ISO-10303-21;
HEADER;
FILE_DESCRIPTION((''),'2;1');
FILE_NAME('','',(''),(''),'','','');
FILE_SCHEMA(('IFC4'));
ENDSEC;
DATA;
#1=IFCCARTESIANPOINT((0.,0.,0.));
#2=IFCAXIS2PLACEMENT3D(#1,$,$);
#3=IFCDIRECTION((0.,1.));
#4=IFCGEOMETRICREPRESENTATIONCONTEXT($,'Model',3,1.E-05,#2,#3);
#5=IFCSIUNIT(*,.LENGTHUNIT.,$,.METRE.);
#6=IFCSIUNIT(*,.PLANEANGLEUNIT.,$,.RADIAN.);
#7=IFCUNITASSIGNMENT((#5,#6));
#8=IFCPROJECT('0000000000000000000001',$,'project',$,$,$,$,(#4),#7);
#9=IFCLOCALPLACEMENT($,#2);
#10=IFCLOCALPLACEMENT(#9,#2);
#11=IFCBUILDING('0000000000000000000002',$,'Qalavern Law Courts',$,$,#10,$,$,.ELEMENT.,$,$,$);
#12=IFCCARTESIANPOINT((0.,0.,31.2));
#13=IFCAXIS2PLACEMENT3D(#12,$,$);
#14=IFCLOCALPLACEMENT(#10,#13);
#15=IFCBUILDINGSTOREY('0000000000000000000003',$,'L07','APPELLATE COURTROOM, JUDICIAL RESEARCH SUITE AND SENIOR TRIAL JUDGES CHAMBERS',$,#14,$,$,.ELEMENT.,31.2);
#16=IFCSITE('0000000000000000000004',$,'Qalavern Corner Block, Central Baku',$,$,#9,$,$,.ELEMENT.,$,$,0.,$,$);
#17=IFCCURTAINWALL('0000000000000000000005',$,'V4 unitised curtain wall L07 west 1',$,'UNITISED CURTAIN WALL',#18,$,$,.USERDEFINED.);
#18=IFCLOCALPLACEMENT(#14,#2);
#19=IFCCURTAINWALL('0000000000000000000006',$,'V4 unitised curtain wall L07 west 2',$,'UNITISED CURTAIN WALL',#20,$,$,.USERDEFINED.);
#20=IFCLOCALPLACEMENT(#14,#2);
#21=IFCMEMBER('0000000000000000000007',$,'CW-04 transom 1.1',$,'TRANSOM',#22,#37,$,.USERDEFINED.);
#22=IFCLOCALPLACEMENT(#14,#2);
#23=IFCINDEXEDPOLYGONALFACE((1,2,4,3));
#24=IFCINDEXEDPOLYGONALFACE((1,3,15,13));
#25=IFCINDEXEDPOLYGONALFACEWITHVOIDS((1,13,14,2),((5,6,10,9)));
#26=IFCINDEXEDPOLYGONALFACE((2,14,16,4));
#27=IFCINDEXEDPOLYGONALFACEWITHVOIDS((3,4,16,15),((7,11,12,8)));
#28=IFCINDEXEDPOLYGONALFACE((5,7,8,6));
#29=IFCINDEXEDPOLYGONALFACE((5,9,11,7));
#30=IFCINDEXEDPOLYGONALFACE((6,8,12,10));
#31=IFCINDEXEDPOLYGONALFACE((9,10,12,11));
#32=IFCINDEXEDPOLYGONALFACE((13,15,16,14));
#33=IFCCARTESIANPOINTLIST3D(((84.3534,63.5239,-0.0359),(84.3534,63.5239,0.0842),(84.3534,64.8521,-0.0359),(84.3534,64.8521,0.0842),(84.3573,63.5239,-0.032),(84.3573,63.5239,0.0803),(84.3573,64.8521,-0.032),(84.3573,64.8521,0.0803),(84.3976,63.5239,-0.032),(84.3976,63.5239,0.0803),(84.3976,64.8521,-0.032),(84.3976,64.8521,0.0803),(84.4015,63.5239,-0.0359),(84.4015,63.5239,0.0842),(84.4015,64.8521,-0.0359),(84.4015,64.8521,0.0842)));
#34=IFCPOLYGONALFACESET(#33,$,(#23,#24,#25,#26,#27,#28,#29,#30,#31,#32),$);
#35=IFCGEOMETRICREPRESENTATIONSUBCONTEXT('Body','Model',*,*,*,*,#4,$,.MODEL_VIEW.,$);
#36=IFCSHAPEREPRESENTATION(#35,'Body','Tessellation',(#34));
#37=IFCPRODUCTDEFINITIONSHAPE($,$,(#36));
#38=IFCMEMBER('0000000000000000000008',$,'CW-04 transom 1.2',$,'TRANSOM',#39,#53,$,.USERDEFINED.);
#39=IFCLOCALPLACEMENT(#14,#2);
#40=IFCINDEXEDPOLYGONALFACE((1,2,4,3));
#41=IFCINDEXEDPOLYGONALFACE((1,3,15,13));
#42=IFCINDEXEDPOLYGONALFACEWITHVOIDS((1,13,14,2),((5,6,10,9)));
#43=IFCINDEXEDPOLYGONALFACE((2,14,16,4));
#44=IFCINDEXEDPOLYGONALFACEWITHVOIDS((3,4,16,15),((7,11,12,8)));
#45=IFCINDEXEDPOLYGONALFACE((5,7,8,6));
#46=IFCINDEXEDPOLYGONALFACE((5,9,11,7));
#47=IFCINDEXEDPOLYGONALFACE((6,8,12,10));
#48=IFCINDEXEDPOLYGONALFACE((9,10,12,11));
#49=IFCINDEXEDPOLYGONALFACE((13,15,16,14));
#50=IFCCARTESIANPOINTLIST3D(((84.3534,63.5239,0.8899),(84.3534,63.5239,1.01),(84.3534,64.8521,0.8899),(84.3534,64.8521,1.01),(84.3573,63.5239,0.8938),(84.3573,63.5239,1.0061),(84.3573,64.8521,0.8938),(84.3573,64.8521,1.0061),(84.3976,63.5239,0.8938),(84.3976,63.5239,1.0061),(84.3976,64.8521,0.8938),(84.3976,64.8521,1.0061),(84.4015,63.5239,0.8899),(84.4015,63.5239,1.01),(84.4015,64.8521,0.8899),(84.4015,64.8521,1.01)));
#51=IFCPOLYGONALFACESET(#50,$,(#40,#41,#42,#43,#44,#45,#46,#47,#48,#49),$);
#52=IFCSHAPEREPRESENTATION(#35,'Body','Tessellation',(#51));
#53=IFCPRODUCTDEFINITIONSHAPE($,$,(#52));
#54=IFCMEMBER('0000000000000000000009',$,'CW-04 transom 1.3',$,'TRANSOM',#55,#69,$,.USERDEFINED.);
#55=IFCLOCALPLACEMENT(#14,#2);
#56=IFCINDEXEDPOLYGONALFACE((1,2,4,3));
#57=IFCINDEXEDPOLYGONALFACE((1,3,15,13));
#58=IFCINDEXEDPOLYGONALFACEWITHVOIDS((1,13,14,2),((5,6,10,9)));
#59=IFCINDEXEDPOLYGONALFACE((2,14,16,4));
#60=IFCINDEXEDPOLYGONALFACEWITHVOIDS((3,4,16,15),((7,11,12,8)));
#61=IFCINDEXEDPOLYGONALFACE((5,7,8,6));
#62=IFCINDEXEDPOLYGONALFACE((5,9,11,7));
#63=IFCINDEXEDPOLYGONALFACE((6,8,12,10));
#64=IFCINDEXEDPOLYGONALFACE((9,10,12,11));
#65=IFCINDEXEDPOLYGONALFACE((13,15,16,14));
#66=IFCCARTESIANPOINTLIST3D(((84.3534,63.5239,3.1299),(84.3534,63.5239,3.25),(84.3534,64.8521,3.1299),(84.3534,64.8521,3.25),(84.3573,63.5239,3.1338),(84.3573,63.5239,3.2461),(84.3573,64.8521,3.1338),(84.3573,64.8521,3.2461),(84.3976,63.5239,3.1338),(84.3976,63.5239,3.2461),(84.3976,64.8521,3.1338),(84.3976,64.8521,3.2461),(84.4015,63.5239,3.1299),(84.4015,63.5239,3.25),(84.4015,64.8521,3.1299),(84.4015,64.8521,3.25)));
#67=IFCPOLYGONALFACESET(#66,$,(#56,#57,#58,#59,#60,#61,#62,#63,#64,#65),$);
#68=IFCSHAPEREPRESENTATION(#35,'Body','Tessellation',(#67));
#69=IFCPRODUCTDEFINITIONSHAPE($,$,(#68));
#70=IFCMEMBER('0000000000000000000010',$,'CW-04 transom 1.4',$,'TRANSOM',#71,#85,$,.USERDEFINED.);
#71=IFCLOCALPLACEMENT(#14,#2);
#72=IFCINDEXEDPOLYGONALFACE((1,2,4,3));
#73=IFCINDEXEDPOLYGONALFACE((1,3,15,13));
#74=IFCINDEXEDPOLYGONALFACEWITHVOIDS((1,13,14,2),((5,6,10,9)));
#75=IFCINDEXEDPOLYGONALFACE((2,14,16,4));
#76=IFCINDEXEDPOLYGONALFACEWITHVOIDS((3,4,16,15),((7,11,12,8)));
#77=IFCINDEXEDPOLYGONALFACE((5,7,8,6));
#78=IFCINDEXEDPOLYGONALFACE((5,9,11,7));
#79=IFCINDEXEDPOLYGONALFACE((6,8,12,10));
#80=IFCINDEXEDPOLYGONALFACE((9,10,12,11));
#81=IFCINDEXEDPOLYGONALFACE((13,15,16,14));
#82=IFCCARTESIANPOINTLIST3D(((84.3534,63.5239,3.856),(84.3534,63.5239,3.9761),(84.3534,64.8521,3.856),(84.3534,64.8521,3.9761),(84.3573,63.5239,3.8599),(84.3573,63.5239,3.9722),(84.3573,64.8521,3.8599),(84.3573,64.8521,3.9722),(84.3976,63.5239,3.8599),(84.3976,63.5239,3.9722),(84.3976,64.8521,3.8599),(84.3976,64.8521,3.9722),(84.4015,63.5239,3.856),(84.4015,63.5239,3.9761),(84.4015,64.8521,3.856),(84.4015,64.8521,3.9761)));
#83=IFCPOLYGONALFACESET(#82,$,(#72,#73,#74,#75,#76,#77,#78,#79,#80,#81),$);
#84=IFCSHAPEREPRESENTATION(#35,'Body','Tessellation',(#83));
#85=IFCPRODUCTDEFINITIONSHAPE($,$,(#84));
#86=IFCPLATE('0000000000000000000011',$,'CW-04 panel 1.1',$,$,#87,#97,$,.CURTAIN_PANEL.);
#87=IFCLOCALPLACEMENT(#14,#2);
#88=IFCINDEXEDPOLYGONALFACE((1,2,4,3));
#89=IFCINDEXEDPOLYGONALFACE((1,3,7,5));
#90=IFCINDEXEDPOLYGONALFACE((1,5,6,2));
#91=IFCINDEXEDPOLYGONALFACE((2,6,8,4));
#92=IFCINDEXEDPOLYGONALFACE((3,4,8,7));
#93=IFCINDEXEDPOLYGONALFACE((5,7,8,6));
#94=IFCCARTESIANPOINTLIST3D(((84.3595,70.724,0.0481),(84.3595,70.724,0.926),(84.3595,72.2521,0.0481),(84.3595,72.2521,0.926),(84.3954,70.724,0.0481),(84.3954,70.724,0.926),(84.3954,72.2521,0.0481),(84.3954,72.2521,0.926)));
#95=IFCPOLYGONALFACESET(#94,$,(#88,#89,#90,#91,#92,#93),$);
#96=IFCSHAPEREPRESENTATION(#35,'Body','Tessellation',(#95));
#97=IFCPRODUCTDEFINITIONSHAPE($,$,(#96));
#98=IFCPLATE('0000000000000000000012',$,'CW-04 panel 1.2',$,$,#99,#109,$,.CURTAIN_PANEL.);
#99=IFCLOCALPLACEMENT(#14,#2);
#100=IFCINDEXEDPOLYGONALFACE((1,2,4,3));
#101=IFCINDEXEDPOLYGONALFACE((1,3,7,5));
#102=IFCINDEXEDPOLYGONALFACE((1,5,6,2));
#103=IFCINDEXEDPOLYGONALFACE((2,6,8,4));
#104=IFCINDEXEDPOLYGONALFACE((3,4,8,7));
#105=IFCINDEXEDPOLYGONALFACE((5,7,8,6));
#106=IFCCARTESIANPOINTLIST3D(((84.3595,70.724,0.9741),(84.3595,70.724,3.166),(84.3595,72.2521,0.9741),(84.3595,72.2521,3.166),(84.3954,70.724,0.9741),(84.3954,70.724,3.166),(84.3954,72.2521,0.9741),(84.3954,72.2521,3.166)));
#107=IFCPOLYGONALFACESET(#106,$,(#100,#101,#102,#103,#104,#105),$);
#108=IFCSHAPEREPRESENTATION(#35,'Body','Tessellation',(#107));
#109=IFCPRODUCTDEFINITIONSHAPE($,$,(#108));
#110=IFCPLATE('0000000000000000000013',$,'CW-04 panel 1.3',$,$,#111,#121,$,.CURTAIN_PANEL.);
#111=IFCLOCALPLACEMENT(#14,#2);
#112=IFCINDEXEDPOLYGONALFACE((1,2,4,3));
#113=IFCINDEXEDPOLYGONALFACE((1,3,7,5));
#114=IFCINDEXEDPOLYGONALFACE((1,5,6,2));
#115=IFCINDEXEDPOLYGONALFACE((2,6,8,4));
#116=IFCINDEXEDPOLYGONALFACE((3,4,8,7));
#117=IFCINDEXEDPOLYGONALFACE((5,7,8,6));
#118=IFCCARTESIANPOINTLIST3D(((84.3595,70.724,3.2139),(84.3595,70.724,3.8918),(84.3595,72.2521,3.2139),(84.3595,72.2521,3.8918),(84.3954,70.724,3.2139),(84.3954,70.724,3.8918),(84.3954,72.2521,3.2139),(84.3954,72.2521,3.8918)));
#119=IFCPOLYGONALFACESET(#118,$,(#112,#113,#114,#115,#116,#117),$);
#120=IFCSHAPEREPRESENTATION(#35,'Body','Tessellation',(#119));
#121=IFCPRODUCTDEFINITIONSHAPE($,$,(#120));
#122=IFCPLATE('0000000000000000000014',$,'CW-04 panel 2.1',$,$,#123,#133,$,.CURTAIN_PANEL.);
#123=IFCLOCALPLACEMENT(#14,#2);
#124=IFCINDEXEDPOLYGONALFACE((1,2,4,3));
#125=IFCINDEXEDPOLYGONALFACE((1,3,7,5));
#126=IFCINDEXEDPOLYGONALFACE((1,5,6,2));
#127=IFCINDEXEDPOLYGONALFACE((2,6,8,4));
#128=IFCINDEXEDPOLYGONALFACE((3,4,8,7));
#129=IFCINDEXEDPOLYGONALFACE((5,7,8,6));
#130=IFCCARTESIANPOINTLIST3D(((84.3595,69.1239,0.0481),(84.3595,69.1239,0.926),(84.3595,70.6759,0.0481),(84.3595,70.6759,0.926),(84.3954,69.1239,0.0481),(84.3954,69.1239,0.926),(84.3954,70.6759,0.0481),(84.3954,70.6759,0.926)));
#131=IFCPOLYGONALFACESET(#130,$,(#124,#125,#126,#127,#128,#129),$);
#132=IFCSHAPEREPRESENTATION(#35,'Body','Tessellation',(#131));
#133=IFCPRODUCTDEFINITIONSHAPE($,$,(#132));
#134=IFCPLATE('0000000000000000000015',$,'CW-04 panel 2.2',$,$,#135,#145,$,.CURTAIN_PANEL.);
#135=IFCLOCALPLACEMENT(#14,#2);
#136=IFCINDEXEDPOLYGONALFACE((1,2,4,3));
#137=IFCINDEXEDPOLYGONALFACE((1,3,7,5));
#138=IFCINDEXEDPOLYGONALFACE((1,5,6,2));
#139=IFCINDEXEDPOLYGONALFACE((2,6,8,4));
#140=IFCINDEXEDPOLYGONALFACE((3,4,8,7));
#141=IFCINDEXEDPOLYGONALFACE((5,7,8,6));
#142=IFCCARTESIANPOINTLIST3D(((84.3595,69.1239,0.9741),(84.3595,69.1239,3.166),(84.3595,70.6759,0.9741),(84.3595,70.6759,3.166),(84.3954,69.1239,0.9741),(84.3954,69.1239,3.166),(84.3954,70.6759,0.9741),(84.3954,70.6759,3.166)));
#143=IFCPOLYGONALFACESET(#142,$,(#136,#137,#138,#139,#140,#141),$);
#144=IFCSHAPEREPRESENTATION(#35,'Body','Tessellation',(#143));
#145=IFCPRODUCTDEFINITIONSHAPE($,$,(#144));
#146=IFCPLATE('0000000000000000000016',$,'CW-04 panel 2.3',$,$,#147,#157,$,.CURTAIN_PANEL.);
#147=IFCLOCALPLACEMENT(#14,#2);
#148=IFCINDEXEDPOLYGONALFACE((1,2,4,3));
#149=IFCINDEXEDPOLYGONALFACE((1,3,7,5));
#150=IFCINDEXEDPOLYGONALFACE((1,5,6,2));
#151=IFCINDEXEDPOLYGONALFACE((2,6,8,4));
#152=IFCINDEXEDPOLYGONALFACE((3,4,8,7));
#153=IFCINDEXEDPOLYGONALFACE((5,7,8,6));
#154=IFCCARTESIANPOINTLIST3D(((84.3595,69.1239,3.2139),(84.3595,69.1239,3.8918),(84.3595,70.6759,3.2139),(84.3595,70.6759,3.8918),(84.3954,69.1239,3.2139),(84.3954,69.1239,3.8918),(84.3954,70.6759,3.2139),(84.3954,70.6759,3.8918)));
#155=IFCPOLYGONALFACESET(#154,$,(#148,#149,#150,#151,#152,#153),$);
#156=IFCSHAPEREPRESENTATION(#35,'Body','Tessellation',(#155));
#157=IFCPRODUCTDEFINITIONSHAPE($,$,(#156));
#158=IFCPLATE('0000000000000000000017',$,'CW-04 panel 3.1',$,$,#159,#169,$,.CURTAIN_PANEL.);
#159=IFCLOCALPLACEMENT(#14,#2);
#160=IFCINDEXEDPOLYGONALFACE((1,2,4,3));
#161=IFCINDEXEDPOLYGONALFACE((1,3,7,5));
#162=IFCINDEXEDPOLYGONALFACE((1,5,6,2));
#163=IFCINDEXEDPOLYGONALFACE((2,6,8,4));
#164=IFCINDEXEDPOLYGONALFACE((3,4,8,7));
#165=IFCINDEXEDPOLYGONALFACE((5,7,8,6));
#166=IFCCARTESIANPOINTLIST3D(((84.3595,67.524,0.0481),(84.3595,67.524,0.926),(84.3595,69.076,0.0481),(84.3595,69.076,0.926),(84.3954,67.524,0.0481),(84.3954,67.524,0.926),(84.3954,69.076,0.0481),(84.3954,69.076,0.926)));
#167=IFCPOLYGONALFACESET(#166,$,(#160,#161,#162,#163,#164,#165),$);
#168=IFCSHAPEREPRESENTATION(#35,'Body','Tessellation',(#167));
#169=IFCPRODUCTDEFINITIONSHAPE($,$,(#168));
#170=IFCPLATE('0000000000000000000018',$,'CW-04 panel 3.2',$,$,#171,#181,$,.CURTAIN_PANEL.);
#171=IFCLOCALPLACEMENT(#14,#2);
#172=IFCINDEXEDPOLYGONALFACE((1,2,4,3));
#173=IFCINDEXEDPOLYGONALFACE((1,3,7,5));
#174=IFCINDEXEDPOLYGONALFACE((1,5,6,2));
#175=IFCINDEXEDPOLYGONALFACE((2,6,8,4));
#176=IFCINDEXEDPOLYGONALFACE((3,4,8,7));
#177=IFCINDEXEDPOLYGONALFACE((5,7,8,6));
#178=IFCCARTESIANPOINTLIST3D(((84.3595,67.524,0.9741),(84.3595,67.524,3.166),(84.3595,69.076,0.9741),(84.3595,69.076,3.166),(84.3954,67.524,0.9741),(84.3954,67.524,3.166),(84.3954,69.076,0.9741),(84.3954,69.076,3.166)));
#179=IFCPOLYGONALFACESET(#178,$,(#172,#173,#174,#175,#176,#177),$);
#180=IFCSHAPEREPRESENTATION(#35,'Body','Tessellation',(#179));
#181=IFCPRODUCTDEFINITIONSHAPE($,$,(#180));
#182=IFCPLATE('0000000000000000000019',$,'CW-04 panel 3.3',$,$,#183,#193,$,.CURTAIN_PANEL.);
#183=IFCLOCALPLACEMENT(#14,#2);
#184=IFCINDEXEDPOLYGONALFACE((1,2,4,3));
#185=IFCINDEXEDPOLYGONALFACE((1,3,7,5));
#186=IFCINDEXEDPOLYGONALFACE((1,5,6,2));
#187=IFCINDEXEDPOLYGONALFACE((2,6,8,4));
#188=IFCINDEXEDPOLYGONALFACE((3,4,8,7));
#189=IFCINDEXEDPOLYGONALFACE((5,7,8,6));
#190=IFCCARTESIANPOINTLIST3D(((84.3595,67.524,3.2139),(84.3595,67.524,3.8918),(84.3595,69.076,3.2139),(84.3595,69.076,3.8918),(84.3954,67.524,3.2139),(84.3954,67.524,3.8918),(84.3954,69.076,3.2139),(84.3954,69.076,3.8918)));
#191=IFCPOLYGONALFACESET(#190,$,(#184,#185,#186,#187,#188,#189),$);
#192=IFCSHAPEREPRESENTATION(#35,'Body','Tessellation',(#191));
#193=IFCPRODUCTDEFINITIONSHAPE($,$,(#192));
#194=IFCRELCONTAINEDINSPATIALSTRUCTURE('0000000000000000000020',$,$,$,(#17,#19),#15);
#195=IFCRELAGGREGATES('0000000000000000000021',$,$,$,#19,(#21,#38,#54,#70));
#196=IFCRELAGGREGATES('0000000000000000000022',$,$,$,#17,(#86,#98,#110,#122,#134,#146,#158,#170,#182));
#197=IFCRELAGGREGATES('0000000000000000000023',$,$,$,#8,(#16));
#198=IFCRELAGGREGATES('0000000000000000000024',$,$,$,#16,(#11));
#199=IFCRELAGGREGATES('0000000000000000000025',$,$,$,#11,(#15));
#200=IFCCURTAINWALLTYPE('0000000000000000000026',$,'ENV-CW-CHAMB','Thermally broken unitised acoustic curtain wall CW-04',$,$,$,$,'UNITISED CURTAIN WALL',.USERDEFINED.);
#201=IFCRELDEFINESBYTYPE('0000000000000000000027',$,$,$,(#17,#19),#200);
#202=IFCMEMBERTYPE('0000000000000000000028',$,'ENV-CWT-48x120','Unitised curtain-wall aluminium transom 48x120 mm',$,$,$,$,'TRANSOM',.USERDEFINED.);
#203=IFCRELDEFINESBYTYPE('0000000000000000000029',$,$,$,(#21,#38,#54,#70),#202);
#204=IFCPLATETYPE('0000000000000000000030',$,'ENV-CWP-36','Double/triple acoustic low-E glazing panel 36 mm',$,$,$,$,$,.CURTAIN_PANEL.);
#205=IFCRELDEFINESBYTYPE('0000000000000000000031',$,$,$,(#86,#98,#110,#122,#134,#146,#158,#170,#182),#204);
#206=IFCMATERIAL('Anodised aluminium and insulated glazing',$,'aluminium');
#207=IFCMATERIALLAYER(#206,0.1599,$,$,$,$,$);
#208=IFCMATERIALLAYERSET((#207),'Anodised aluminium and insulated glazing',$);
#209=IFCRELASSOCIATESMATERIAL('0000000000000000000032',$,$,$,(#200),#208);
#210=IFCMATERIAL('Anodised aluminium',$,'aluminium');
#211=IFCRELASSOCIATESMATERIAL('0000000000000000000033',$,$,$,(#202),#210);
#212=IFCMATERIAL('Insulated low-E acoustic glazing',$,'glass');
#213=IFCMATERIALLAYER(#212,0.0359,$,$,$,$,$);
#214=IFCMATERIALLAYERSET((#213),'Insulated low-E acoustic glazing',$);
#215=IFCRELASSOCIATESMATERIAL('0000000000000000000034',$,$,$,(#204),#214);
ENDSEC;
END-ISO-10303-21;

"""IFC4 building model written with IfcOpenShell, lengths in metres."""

from ifc_helpers import new_model, si_unit, direction, frame, origin, origin_2d, place, context, subcontext, project, spatial, rectangle, hollow_rectangle, extrude, material, layer, layer_set, material_profile, profile_set, type_object, element, aggregate, save


model = new_model("IFC4")

# Units and contexts
model_context = context("Model", 3, precision=1e-05, world=origin(), true_north=direction((0.0, 1.0)))
body_context = subcontext(model_context, "Body", "Model", "MODEL_VIEW")
ifc_project = project(units=[si_unit("LENGTHUNIT", "METRE"), si_unit("PLANEANGLEUNIT", "RADIAN")], contexts=[model_context])

# Site, building, storey
site_placement = place(None, origin())
site = spatial("IfcSite", under=ifc_project, at=site_placement, Name="Qalavern Corner Block, Central Baku", CompositionType="ELEMENT", RefElevation=0.0)
building_placement = place(site_placement, origin())
building = spatial("IfcBuilding", under=site, at=building_placement, Name="Qalavern Law Courts", CompositionType="ELEMENT")
storey_placement = place(building_placement, frame((0.0, 0.0, 31.2)))
storey = spatial("IfcBuildingStorey", under=building, at=storey_placement, Name="L07", Description="APPELLATE COURTROOM, JUDICIAL RESEARCH SUITE AND SENIOR TRIAL JUDGES CHAMBERS", CompositionType="ELEMENT", Elevation=31.2)

# Curtain wall
ifc_material_1 = material(Name="Anodised aluminium and insulated glazing", Category="aluminium")
ifc_layer_1 = layer(ifc_material_1, 0.1599)
ifc_layer_set_1 = layer_set([ifc_layer_1], Name="Anodised aluminium and insulated glazing")
curtain_wall_type = type_object("IfcCurtainWallType", Name="ENV-CW-CHAMB", Description="Thermally broken unitised acoustic curtain wall CW-04", ElementType="UNITISED CURTAIN WALL", PredefinedType="USERDEFINED", material=ifc_layer_set_1)
curtain_wall_1_placement = place(storey_placement, origin())
curtain_wall_1 = element("IfcCurtainWall", 1, at=curtain_wall_1_placement, inside=storey, type_object=curtain_wall_type, Name="V4 unitised curtain wall L07 west 1", ObjectType="UNITISED CURTAIN WALL", PredefinedType="USERDEFINED")
ifc_material_2 = material(Name="Anodised aluminium", Category="aluminium")

# Curtain wall
curtain_wall_2_placement = place(storey_placement, origin())
curtain_wall_2 = element("IfcCurtainWall", 2, at=curtain_wall_2_placement, inside=storey, type_object=curtain_wall_type, Name="V4 unitised curtain wall L07 west 2", ObjectType="UNITISED CURTAIN WALL", PredefinedType="USERDEFINED")

# Members
ifc_material_profile_1 = material_profile(ifc_material_2, hollow_rectangle(XDim=0.0481, YDim=0.1201, WallThickness=0.0039, at=origin_2d()), Name="ALU TRANSOM 48x120")
ifc_profile_set_1 = profile_set([ifc_material_profile_1], Name="Anodised aluminium")
member_type_1 = type_object("IfcMemberType", Name="ENV-CWT-48x120", Description="Unitised curtain-wall aluminium transom 48x120 mm", ElementType="TRANSOM", PredefinedType="USERDEFINED", material=ifc_profile_set_1)
member_1_placement = place(storey_placement, frame((84.3774, 64.8521, 0.0242), z_axis=(0.0, -1.0, 0.0), x_axis=(1.0, 0.0, 0.0)))
member_1 = element("IfcMember", 3, at=member_1_placement, type_object=member_type_1, Name="CW-04 transom 1.1", ObjectType="TRANSOM", PredefinedType="USERDEFINED", context=body_context, shape_type="SweptSolid", body=[
    extrude(hollow_rectangle(XDim=0.0481, YDim=0.1201, WallThickness=0.0039, at=origin_2d()), origin(), (0.0, 0.0, 1.0), 1.3281),
])
member_2_placement = place(storey_placement, frame((84.3774, 64.8521, 0.95), z_axis=(0.0, -1.0, 0.0), x_axis=(1.0, 0.0, 0.0)))
member_2 = element("IfcMember", 4, at=member_2_placement, type_object=member_type_1, Name="CW-04 transom 1.2", ObjectType="TRANSOM", PredefinedType="USERDEFINED", context=body_context, shape_type="SweptSolid", body=[
    extrude(hollow_rectangle(XDim=0.0481, YDim=0.1201, WallThickness=0.0039, at=origin_2d()), origin(), (0.0, 0.0, 1.0), 1.3281),
])
member_3_placement = place(storey_placement, frame((84.3774, 64.8521, 3.1899), z_axis=(0.0, -1.0, 0.0), x_axis=(1.0, 0.0, 0.0)))
member_3 = element("IfcMember", 5, at=member_3_placement, type_object=member_type_1, Name="CW-04 transom 1.3", ObjectType="TRANSOM", PredefinedType="USERDEFINED", context=body_context, shape_type="SweptSolid", body=[
    extrude(hollow_rectangle(XDim=0.0481, YDim=0.1201, WallThickness=0.0039, at=origin_2d()), origin(), (0.0, 0.0, 1.0), 1.3281),
])
member_4_placement = place(storey_placement, frame((84.3774, 64.8521, 3.916), z_axis=(0.0, -1.0, 0.0), x_axis=(1.0, 0.0, 0.0)))
member_4 = element("IfcMember", 6, at=member_4_placement, type_object=member_type_1, Name="CW-04 transom 1.4", ObjectType="TRANSOM", PredefinedType="USERDEFINED", context=body_context, shape_type="SweptSolid", body=[
    extrude(hollow_rectangle(XDim=0.0481, YDim=0.1201, WallThickness=0.0039, at=origin_2d()), origin(), (0.0, 0.0, 1.0), 1.3281),
])
aggregate(curtain_wall_2, [member_1, member_2, member_3, member_4])

# Plates
ifc_material_3 = material(Name="Insulated low-E acoustic glazing", Category="glass")
ifc_layer_2 = layer(ifc_material_3, 0.0359)
ifc_layer_set_2 = layer_set([ifc_layer_2], Name="Insulated low-E acoustic glazing")
plate_type = type_object("IfcPlateType", Name="ENV-CWP-36", Description="Double/triple acoustic low-E glazing panel 36 mm", PredefinedType="CURTAIN_PANEL", material=ifc_layer_set_2)
plate_1_placement = place(storey_placement, frame((84.3774, 71.488, 0.0481), z_axis=(0.0, 0.0, 1.0), x_axis=(0.0, -1.0, 0.0)))
plate_1 = element("IfcPlate", 7, at=plate_1_placement, type_object=plate_type, Name="CW-04 panel 1.1", PredefinedType="CURTAIN_PANEL", context=body_context, shape_type="SweptSolid", body=[
    extrude(rectangle(XDim=1.5281, YDim=0.0359, at=origin_2d()), origin(), (0.0, 0.0, 1.0), 0.8779),
])
plate_2_placement = place(storey_placement, frame((84.3774, 71.488, 0.9741), z_axis=(0.0, 0.0, 1.0), x_axis=(0.0, -1.0, 0.0)))
plate_2 = element("IfcPlate", 8, at=plate_2_placement, type_object=plate_type, Name="CW-04 panel 1.2", PredefinedType="CURTAIN_PANEL", context=body_context, shape_type="SweptSolid", body=[
    extrude(rectangle(XDim=1.5281, YDim=0.0359, at=origin_2d()), origin(), (0.0, 0.0, 1.0), 2.1919),
])
plate_3_placement = place(storey_placement, frame((84.3774, 71.488, 3.2139), z_axis=(0.0, 0.0, 1.0), x_axis=(0.0, -1.0, 0.0)))
plate_3 = element("IfcPlate", 9, at=plate_3_placement, type_object=plate_type, Name="CW-04 panel 1.3", PredefinedType="CURTAIN_PANEL", context=body_context, shape_type="SweptSolid", body=[
    extrude(rectangle(XDim=1.5281, YDim=0.0359, at=origin_2d()), origin(), (0.0, 0.0, 1.0), 0.678),
])
plate_4_placement = place(storey_placement, frame((84.3774, 69.8999, 0.0481), z_axis=(0.0, 0.0, 1.0), x_axis=(0.0, -1.0, 0.0)))
plate_4 = element("IfcPlate", 10, at=plate_4_placement, type_object=plate_type, Name="CW-04 panel 2.1", PredefinedType="CURTAIN_PANEL", context=body_context, shape_type="SweptSolid", body=[
    extrude(rectangle(XDim=1.552, YDim=0.0359, at=origin_2d()), origin(), (0.0, 0.0, 1.0), 0.8779),
])
plate_5_placement = place(storey_placement, frame((84.3774, 69.8999, 0.9741), z_axis=(0.0, 0.0, 1.0), x_axis=(0.0, -1.0, 0.0)))
plate_5 = element("IfcPlate", 11, at=plate_5_placement, type_object=plate_type, Name="CW-04 panel 2.2", PredefinedType="CURTAIN_PANEL", context=body_context, shape_type="SweptSolid", body=[
    extrude(rectangle(XDim=1.552, YDim=0.0359, at=origin_2d()), origin(), (0.0, 0.0, 1.0), 2.1919),
])
plate_6_placement = place(storey_placement, frame((84.3774, 69.8999, 3.2139), z_axis=(0.0, 0.0, 1.0), x_axis=(0.0, -1.0, 0.0)))
plate_6 = element("IfcPlate", 12, at=plate_6_placement, type_object=plate_type, Name="CW-04 panel 2.3", PredefinedType="CURTAIN_PANEL", context=body_context, shape_type="SweptSolid", body=[
    extrude(rectangle(XDim=1.552, YDim=0.0359, at=origin_2d()), origin(), (0.0, 0.0, 1.0), 0.678),
])
plate_7_placement = place(storey_placement, frame((84.3774, 68.3, 0.0481), z_axis=(0.0, 0.0, 1.0), x_axis=(0.0, -1.0, 0.0)))
plate_7 = element("IfcPlate", 13, at=plate_7_placement, type_object=plate_type, Name="CW-04 panel 3.1", PredefinedType="CURTAIN_PANEL", context=body_context, shape_type="SweptSolid", body=[
    extrude(rectangle(XDim=1.552, YDim=0.0359, at=origin_2d()), origin(), (0.0, 0.0, 1.0), 0.8779),
])
plate_8_placement = place(storey_placement, frame((84.3774, 68.3, 0.9741), z_axis=(0.0, 0.0, 1.0), x_axis=(0.0, -1.0, 0.0)))
plate_8 = element("IfcPlate", 14, at=plate_8_placement, type_object=plate_type, Name="CW-04 panel 3.2", PredefinedType="CURTAIN_PANEL", context=body_context, shape_type="SweptSolid", body=[
    extrude(rectangle(XDim=1.552, YDim=0.0359, at=origin_2d()), origin(), (0.0, 0.0, 1.0), 2.1919),
])
plate_9_placement = place(storey_placement, frame((84.3774, 68.3, 3.2139), z_axis=(0.0, 0.0, 1.0), x_axis=(0.0, -1.0, 0.0)))
plate_9 = element("IfcPlate", 15, at=plate_9_placement, type_object=plate_type, Name="CW-04 panel 3.3", PredefinedType="CURTAIN_PANEL", context=body_context, shape_type="SweptSolid", body=[
    extrude(rectangle(XDim=1.552, YDim=0.0359, at=origin_2d()), origin(), (0.0, 0.0, 1.0), 0.678),
])
aggregate(curtain_wall_1, [plate_1, plate_2, plate_3, plate_4, plate_5, plate_6, plate_7, plate_8, plate_9])

save(model, "model.ifc")
